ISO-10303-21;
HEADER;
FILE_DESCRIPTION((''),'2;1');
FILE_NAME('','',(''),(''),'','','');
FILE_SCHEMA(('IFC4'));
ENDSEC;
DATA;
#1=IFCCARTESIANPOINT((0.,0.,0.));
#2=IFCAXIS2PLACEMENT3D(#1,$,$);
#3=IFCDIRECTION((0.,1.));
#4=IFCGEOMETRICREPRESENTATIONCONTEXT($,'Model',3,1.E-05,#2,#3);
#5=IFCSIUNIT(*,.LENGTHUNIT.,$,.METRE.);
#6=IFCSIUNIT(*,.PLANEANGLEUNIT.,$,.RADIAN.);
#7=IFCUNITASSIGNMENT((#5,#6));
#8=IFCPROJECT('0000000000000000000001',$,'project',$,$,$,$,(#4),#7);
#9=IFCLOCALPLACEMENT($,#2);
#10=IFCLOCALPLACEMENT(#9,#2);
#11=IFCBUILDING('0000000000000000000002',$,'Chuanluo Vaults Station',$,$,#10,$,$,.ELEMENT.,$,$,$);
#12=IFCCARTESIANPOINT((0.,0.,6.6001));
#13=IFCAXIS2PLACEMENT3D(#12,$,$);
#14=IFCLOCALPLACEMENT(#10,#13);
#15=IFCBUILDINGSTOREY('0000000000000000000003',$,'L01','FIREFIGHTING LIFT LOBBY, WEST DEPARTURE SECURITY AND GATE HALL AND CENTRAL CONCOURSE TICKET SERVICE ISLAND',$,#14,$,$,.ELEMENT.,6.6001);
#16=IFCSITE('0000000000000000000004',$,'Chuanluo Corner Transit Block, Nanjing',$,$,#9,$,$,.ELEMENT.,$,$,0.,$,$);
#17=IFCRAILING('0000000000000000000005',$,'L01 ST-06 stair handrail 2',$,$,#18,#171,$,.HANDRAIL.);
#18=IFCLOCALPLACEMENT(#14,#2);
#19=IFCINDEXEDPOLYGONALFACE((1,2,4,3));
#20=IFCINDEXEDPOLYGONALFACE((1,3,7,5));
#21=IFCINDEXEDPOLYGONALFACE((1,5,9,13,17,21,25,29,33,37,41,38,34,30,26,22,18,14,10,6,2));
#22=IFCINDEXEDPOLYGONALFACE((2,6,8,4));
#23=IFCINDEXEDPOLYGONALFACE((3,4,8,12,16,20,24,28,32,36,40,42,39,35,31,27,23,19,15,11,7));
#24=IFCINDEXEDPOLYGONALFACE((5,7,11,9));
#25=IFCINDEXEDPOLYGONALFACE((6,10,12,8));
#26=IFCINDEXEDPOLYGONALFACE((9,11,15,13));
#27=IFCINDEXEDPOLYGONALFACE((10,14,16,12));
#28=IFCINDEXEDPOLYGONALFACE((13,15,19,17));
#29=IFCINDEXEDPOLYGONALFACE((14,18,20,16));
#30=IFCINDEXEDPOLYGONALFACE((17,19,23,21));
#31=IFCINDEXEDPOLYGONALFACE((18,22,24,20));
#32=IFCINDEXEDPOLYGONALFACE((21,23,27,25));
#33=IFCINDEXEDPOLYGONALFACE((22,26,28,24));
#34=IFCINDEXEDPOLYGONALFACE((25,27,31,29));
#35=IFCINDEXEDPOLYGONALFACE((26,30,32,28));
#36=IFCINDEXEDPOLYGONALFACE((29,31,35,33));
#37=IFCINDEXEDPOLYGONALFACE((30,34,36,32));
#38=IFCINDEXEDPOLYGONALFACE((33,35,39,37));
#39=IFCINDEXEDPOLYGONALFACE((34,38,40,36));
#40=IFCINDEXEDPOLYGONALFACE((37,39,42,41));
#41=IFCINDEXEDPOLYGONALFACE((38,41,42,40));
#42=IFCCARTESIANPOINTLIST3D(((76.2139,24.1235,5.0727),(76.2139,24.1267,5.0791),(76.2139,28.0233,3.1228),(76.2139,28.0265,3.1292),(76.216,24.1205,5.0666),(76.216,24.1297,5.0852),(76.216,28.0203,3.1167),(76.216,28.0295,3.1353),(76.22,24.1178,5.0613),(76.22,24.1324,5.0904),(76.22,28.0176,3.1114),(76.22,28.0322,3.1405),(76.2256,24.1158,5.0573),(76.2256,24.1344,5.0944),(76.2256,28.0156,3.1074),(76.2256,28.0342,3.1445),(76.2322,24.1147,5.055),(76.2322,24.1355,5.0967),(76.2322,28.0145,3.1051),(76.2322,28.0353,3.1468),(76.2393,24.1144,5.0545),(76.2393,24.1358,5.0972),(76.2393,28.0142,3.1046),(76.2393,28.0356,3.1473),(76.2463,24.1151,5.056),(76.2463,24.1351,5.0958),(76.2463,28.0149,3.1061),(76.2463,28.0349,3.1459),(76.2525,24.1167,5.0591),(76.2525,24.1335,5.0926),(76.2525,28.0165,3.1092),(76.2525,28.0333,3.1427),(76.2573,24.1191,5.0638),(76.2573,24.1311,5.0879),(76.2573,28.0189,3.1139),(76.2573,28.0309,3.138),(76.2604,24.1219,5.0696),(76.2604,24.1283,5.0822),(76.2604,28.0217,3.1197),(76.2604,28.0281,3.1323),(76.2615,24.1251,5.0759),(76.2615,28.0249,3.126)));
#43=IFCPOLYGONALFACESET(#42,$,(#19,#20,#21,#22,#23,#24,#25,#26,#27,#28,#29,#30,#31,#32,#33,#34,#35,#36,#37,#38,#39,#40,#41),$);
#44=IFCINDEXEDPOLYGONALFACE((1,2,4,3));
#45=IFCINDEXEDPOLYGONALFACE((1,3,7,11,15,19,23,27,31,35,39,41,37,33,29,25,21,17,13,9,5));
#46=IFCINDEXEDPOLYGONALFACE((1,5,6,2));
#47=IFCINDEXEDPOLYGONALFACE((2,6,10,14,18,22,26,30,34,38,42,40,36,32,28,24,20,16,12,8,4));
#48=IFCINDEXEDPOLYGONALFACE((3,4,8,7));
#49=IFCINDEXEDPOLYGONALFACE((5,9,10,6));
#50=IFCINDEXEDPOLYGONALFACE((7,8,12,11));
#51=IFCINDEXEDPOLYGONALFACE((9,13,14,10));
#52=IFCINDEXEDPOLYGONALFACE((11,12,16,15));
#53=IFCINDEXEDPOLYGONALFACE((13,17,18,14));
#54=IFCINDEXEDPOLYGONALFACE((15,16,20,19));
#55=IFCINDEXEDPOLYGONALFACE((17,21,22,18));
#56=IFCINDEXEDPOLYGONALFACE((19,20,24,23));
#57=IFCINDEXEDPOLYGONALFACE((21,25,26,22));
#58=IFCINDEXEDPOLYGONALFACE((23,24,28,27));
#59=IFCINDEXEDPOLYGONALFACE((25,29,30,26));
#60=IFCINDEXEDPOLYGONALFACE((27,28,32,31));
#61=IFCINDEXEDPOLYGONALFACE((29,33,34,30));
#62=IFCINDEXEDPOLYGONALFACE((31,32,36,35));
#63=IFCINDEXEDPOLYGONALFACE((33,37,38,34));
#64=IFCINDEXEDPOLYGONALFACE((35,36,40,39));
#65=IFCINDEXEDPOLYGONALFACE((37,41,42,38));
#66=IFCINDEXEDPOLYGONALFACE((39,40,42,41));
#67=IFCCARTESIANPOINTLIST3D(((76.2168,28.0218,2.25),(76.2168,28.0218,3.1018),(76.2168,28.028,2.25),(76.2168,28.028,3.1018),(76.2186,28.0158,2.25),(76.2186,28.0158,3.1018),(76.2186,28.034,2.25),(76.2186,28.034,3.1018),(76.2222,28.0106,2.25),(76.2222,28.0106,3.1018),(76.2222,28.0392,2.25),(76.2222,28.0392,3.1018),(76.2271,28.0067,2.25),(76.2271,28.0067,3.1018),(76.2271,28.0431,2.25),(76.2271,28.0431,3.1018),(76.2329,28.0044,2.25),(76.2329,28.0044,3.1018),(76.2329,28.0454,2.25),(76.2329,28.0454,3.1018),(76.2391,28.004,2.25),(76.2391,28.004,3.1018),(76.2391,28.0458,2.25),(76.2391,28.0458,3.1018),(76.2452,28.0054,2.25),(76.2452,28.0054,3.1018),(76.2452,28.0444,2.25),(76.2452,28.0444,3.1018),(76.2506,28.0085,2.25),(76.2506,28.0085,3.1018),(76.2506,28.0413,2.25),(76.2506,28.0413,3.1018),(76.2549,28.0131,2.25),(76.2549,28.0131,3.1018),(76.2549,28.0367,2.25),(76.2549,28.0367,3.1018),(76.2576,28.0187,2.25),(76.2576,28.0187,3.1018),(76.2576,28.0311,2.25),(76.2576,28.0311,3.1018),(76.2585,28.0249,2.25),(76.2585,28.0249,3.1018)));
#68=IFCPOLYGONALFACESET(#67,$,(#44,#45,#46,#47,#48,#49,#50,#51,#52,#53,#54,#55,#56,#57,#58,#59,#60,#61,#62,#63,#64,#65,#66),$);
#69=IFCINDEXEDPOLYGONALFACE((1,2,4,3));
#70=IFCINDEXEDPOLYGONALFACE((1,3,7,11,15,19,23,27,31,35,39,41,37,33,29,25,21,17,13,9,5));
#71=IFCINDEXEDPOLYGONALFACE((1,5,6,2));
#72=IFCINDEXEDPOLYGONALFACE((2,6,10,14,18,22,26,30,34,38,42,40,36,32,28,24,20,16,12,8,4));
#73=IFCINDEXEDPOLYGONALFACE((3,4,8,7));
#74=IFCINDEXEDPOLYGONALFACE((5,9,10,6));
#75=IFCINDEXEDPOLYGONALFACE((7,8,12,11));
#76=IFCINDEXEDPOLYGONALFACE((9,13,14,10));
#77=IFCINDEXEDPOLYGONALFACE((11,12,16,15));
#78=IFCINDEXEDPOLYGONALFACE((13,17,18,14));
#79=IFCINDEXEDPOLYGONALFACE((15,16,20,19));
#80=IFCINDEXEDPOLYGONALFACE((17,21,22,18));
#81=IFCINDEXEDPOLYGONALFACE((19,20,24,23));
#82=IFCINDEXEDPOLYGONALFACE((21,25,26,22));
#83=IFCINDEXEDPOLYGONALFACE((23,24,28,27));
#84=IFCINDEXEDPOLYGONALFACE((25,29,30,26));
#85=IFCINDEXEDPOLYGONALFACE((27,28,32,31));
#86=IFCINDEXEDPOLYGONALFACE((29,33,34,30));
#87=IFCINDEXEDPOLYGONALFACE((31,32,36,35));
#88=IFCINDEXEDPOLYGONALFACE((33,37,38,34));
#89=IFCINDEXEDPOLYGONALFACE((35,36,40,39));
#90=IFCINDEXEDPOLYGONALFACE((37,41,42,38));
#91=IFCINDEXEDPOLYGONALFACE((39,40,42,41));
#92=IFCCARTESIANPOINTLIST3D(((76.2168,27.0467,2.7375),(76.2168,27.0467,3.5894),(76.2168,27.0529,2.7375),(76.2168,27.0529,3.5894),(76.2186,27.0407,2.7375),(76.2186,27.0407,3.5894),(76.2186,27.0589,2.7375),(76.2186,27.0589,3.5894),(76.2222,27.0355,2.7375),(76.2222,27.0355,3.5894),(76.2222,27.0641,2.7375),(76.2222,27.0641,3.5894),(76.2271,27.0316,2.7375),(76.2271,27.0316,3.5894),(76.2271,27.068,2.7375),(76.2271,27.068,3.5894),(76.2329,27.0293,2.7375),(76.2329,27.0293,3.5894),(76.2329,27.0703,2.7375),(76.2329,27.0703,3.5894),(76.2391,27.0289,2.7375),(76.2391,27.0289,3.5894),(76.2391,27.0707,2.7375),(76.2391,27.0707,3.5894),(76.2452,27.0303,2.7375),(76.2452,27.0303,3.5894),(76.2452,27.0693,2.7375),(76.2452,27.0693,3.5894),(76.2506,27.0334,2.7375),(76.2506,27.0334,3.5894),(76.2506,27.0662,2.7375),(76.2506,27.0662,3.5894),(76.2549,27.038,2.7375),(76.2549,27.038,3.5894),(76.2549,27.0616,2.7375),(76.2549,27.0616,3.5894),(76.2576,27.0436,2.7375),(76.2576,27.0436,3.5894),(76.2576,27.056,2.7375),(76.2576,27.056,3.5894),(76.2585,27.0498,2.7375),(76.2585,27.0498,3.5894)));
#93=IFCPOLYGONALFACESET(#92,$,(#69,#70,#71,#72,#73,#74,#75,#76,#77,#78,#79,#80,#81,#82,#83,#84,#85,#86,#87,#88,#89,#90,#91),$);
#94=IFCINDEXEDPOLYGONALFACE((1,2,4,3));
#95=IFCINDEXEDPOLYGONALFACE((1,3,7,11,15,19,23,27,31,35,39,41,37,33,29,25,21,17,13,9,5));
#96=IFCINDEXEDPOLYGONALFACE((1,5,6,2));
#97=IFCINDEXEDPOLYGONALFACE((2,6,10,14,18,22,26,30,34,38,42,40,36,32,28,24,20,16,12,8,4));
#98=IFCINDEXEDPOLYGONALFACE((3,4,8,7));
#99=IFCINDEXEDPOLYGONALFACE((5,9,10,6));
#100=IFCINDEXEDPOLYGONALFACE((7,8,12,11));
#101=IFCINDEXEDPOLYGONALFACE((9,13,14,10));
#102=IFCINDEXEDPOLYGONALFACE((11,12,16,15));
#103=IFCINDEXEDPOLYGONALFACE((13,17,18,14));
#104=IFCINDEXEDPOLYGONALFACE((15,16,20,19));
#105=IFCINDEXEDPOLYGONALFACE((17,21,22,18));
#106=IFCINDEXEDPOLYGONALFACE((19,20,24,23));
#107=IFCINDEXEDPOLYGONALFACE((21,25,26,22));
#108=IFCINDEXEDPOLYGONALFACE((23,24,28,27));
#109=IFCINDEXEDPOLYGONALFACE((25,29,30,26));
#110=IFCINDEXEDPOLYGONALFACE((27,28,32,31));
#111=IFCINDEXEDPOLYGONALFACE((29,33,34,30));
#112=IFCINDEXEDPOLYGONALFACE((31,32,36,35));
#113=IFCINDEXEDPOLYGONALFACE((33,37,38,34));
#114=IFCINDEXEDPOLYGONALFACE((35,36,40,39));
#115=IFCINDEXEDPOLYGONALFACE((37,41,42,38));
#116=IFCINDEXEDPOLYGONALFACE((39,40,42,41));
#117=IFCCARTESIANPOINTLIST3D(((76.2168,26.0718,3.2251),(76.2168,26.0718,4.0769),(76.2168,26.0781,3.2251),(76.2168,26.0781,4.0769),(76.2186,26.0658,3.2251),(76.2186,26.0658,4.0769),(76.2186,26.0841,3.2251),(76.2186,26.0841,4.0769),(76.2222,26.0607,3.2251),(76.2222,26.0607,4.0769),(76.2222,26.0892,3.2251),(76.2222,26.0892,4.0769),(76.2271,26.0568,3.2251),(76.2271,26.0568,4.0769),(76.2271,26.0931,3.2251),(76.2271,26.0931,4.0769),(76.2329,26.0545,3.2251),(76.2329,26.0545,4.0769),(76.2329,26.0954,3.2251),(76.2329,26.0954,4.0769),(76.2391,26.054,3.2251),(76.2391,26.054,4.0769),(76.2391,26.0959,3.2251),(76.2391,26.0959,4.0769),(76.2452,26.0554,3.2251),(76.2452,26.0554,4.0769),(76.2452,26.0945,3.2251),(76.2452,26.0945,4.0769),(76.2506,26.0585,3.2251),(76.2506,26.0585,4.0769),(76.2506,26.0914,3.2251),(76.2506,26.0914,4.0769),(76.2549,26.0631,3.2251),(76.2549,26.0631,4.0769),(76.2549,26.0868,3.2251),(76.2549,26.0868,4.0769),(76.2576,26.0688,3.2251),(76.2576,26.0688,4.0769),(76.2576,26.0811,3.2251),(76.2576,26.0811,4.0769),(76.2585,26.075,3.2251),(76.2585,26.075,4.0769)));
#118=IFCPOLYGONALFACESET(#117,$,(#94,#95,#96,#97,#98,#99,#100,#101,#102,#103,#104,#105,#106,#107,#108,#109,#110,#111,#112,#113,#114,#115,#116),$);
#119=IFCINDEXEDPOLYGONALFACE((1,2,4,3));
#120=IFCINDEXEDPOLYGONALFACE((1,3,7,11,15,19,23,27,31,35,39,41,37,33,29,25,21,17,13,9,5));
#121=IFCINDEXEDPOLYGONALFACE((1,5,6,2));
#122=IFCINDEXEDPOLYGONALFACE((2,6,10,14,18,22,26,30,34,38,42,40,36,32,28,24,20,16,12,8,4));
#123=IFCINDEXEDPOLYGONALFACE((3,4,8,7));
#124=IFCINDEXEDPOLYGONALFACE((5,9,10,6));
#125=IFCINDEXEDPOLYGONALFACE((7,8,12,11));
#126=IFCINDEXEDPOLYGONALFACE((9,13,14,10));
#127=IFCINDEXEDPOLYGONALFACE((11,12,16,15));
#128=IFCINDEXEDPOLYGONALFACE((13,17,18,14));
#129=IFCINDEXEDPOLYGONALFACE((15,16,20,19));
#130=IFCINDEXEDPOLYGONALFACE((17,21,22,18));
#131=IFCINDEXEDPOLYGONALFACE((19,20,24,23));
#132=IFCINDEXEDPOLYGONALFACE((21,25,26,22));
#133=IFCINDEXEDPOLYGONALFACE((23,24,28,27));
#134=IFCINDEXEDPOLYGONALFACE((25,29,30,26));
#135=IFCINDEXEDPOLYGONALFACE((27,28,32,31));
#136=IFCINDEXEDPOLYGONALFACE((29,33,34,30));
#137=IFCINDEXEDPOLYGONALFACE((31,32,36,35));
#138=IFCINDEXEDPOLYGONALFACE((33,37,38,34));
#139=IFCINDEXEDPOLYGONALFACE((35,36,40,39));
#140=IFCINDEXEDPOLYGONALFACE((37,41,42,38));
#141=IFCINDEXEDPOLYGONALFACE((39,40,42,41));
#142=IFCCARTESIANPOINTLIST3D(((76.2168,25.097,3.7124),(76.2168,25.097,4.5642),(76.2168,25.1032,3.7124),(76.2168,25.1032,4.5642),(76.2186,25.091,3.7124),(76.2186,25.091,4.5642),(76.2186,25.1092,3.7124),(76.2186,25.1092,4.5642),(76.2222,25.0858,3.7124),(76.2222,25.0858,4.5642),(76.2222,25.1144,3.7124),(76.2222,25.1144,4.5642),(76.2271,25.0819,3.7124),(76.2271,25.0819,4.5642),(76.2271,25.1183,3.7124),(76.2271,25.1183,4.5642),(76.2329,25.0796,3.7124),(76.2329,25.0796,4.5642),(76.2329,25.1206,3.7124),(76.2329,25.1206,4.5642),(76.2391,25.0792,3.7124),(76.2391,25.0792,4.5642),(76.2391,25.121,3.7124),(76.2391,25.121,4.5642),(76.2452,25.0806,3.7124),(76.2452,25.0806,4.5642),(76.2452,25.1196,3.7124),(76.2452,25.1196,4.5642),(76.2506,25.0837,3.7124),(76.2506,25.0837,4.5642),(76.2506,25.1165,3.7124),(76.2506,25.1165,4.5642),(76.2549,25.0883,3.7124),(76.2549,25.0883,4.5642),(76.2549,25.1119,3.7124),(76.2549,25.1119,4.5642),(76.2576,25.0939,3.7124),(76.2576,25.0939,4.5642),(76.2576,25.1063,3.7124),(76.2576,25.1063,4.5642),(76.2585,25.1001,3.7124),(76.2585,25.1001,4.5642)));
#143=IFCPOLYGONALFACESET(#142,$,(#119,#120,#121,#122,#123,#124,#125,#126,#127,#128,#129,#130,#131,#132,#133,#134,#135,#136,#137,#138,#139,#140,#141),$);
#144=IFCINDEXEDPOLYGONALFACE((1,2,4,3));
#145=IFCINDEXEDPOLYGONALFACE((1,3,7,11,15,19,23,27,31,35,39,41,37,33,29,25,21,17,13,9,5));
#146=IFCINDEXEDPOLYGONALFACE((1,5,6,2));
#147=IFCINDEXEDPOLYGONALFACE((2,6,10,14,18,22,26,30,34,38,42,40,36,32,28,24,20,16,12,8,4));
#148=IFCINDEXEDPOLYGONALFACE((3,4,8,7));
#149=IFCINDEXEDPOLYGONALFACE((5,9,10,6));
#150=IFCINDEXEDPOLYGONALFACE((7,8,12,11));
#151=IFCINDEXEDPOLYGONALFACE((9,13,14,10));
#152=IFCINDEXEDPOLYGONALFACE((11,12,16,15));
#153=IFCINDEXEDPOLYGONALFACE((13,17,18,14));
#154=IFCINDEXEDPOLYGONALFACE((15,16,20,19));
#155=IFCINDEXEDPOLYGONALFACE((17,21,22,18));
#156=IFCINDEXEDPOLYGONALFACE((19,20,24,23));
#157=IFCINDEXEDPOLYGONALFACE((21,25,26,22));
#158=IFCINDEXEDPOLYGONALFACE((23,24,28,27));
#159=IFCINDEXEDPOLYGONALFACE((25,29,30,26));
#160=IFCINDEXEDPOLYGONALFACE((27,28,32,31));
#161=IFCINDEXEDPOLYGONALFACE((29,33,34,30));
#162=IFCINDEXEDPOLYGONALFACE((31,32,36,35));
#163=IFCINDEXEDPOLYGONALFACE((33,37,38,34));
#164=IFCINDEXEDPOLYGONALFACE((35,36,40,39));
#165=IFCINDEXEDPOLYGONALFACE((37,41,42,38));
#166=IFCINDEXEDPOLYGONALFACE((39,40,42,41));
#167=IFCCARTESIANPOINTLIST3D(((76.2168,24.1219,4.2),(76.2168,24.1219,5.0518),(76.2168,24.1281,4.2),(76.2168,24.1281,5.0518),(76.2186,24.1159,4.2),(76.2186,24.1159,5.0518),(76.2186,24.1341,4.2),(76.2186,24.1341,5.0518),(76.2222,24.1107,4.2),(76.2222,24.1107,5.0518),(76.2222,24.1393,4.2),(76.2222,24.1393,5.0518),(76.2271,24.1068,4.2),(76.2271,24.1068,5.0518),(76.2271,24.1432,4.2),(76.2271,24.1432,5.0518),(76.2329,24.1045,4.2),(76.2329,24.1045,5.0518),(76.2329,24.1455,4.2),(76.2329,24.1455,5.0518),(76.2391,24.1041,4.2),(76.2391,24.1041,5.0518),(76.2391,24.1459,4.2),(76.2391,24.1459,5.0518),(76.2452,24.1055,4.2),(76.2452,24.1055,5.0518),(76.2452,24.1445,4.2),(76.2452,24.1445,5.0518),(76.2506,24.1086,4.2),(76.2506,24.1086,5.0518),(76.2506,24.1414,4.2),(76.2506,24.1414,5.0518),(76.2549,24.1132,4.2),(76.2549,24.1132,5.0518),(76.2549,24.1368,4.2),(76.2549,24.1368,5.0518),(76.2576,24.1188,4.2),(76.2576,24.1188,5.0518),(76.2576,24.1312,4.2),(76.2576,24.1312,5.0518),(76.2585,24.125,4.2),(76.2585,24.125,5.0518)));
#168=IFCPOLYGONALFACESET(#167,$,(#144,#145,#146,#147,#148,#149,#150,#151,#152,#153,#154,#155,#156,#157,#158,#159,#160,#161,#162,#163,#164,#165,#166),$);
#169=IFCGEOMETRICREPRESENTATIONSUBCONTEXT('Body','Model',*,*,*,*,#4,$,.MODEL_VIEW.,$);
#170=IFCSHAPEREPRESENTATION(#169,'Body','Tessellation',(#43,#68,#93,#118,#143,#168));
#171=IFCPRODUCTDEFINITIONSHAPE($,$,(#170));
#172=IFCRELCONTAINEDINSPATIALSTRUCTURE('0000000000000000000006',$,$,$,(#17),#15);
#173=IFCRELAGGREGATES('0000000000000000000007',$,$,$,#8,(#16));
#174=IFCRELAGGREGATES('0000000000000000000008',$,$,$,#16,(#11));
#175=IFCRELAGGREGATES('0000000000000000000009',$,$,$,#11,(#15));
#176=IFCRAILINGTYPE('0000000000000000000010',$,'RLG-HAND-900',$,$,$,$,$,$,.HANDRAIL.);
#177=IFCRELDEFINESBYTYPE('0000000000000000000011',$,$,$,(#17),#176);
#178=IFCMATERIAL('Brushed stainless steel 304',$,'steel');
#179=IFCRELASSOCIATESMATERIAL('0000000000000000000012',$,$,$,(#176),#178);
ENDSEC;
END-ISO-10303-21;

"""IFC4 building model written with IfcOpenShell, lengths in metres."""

from ifc_helpers import new_model, si_unit, direction, frame, origin, origin_2d, place, context, subcontext, project, spatial, circle, extrude, material, type_object, element, save


model = new_model("IFC4")

# Units and contexts
model_context = context("Model", 3, precision=1e-05, world=origin(), true_north=direction((0.0, 1.0)))
body_context = subcontext(model_context, "Body", "Model", "MODEL_VIEW")
ifc_project = project(units=[si_unit("LENGTHUNIT", "METRE"), si_unit("PLANEANGLEUNIT", "RADIAN")], contexts=[model_context])

# Site, building, storey
site_placement = place(None, origin())
site = spatial("IfcSite", under=ifc_project, at=site_placement, Name="Chuanluo Corner Transit Block, Nanjing", CompositionType="ELEMENT", RefElevation=0.0)
building_placement = place(site_placement, origin())
building = spatial("IfcBuilding", under=site, at=building_placement, Name="Chuanluo Vaults Station", CompositionType="ELEMENT")
storey_placement = place(building_placement, frame((0.0, 0.0, 6.6001)))
storey = spatial("IfcBuildingStorey", under=building, at=storey_placement, Name="L01", Description="FIREFIGHTING LIFT LOBBY, WEST DEPARTURE SECURITY AND GATE HALL AND CENTRAL CONCOURSE TICKET SERVICE ISLAND", CompositionType="ELEMENT", Elevation=6.6001)

# Railing
ifc_material_1 = material(Name="Brushed stainless steel 304", Category="steel")
railing_type_1 = type_object("IfcRailingType", Name="RLG-HAND-900", PredefinedType="HANDRAIL", material=ifc_material_1)
railing_1_placement = place(storey_placement, frame((76.2375, 28.0249, 2.25)))
element("IfcRailing", 1, at=railing_1_placement, inside=storey, type_object=railing_type_1, Name="L01 ST-06 stair handrail 2", PredefinedType="HANDRAIL", context=body_context, shape_type="SweptSolid", body=[
    extrude(circle(Radius=0.0239, at=origin_2d()), frame((0.0, 0.0, 0.876), z_axis=(0.0, -0.894427, 0.447214), x_axis=(1.0, 0.0, 0.0)), (0.0, 0.0, 1.0), 4.3601),
    extrude(circle(Radius=0.021, at=origin_2d()), origin(), (0.0, 0.0, 1.0), 0.8518),
    extrude(circle(Radius=0.021, at=origin_2d()), frame((0.0, -0.9751, 0.4875)), (0.0, 0.0, 1.0), 0.8518),
    extrude(circle(Radius=0.021, at=origin_2d()), frame((0.0, -1.95, 0.9751)), (0.0, 0.0, 1.0), 0.8518),
    extrude(circle(Radius=0.021, at=origin_2d()), frame((0.0, -2.9248, 1.4624)), (0.0, 0.0, 1.0), 0.8518),
    extrude(circle(Radius=0.021, at=origin_2d()), frame((0.0, -3.8999, 1.95)), (0.0, 0.0, 1.0), 0.8518),
])

save(model, "model.ifc")
